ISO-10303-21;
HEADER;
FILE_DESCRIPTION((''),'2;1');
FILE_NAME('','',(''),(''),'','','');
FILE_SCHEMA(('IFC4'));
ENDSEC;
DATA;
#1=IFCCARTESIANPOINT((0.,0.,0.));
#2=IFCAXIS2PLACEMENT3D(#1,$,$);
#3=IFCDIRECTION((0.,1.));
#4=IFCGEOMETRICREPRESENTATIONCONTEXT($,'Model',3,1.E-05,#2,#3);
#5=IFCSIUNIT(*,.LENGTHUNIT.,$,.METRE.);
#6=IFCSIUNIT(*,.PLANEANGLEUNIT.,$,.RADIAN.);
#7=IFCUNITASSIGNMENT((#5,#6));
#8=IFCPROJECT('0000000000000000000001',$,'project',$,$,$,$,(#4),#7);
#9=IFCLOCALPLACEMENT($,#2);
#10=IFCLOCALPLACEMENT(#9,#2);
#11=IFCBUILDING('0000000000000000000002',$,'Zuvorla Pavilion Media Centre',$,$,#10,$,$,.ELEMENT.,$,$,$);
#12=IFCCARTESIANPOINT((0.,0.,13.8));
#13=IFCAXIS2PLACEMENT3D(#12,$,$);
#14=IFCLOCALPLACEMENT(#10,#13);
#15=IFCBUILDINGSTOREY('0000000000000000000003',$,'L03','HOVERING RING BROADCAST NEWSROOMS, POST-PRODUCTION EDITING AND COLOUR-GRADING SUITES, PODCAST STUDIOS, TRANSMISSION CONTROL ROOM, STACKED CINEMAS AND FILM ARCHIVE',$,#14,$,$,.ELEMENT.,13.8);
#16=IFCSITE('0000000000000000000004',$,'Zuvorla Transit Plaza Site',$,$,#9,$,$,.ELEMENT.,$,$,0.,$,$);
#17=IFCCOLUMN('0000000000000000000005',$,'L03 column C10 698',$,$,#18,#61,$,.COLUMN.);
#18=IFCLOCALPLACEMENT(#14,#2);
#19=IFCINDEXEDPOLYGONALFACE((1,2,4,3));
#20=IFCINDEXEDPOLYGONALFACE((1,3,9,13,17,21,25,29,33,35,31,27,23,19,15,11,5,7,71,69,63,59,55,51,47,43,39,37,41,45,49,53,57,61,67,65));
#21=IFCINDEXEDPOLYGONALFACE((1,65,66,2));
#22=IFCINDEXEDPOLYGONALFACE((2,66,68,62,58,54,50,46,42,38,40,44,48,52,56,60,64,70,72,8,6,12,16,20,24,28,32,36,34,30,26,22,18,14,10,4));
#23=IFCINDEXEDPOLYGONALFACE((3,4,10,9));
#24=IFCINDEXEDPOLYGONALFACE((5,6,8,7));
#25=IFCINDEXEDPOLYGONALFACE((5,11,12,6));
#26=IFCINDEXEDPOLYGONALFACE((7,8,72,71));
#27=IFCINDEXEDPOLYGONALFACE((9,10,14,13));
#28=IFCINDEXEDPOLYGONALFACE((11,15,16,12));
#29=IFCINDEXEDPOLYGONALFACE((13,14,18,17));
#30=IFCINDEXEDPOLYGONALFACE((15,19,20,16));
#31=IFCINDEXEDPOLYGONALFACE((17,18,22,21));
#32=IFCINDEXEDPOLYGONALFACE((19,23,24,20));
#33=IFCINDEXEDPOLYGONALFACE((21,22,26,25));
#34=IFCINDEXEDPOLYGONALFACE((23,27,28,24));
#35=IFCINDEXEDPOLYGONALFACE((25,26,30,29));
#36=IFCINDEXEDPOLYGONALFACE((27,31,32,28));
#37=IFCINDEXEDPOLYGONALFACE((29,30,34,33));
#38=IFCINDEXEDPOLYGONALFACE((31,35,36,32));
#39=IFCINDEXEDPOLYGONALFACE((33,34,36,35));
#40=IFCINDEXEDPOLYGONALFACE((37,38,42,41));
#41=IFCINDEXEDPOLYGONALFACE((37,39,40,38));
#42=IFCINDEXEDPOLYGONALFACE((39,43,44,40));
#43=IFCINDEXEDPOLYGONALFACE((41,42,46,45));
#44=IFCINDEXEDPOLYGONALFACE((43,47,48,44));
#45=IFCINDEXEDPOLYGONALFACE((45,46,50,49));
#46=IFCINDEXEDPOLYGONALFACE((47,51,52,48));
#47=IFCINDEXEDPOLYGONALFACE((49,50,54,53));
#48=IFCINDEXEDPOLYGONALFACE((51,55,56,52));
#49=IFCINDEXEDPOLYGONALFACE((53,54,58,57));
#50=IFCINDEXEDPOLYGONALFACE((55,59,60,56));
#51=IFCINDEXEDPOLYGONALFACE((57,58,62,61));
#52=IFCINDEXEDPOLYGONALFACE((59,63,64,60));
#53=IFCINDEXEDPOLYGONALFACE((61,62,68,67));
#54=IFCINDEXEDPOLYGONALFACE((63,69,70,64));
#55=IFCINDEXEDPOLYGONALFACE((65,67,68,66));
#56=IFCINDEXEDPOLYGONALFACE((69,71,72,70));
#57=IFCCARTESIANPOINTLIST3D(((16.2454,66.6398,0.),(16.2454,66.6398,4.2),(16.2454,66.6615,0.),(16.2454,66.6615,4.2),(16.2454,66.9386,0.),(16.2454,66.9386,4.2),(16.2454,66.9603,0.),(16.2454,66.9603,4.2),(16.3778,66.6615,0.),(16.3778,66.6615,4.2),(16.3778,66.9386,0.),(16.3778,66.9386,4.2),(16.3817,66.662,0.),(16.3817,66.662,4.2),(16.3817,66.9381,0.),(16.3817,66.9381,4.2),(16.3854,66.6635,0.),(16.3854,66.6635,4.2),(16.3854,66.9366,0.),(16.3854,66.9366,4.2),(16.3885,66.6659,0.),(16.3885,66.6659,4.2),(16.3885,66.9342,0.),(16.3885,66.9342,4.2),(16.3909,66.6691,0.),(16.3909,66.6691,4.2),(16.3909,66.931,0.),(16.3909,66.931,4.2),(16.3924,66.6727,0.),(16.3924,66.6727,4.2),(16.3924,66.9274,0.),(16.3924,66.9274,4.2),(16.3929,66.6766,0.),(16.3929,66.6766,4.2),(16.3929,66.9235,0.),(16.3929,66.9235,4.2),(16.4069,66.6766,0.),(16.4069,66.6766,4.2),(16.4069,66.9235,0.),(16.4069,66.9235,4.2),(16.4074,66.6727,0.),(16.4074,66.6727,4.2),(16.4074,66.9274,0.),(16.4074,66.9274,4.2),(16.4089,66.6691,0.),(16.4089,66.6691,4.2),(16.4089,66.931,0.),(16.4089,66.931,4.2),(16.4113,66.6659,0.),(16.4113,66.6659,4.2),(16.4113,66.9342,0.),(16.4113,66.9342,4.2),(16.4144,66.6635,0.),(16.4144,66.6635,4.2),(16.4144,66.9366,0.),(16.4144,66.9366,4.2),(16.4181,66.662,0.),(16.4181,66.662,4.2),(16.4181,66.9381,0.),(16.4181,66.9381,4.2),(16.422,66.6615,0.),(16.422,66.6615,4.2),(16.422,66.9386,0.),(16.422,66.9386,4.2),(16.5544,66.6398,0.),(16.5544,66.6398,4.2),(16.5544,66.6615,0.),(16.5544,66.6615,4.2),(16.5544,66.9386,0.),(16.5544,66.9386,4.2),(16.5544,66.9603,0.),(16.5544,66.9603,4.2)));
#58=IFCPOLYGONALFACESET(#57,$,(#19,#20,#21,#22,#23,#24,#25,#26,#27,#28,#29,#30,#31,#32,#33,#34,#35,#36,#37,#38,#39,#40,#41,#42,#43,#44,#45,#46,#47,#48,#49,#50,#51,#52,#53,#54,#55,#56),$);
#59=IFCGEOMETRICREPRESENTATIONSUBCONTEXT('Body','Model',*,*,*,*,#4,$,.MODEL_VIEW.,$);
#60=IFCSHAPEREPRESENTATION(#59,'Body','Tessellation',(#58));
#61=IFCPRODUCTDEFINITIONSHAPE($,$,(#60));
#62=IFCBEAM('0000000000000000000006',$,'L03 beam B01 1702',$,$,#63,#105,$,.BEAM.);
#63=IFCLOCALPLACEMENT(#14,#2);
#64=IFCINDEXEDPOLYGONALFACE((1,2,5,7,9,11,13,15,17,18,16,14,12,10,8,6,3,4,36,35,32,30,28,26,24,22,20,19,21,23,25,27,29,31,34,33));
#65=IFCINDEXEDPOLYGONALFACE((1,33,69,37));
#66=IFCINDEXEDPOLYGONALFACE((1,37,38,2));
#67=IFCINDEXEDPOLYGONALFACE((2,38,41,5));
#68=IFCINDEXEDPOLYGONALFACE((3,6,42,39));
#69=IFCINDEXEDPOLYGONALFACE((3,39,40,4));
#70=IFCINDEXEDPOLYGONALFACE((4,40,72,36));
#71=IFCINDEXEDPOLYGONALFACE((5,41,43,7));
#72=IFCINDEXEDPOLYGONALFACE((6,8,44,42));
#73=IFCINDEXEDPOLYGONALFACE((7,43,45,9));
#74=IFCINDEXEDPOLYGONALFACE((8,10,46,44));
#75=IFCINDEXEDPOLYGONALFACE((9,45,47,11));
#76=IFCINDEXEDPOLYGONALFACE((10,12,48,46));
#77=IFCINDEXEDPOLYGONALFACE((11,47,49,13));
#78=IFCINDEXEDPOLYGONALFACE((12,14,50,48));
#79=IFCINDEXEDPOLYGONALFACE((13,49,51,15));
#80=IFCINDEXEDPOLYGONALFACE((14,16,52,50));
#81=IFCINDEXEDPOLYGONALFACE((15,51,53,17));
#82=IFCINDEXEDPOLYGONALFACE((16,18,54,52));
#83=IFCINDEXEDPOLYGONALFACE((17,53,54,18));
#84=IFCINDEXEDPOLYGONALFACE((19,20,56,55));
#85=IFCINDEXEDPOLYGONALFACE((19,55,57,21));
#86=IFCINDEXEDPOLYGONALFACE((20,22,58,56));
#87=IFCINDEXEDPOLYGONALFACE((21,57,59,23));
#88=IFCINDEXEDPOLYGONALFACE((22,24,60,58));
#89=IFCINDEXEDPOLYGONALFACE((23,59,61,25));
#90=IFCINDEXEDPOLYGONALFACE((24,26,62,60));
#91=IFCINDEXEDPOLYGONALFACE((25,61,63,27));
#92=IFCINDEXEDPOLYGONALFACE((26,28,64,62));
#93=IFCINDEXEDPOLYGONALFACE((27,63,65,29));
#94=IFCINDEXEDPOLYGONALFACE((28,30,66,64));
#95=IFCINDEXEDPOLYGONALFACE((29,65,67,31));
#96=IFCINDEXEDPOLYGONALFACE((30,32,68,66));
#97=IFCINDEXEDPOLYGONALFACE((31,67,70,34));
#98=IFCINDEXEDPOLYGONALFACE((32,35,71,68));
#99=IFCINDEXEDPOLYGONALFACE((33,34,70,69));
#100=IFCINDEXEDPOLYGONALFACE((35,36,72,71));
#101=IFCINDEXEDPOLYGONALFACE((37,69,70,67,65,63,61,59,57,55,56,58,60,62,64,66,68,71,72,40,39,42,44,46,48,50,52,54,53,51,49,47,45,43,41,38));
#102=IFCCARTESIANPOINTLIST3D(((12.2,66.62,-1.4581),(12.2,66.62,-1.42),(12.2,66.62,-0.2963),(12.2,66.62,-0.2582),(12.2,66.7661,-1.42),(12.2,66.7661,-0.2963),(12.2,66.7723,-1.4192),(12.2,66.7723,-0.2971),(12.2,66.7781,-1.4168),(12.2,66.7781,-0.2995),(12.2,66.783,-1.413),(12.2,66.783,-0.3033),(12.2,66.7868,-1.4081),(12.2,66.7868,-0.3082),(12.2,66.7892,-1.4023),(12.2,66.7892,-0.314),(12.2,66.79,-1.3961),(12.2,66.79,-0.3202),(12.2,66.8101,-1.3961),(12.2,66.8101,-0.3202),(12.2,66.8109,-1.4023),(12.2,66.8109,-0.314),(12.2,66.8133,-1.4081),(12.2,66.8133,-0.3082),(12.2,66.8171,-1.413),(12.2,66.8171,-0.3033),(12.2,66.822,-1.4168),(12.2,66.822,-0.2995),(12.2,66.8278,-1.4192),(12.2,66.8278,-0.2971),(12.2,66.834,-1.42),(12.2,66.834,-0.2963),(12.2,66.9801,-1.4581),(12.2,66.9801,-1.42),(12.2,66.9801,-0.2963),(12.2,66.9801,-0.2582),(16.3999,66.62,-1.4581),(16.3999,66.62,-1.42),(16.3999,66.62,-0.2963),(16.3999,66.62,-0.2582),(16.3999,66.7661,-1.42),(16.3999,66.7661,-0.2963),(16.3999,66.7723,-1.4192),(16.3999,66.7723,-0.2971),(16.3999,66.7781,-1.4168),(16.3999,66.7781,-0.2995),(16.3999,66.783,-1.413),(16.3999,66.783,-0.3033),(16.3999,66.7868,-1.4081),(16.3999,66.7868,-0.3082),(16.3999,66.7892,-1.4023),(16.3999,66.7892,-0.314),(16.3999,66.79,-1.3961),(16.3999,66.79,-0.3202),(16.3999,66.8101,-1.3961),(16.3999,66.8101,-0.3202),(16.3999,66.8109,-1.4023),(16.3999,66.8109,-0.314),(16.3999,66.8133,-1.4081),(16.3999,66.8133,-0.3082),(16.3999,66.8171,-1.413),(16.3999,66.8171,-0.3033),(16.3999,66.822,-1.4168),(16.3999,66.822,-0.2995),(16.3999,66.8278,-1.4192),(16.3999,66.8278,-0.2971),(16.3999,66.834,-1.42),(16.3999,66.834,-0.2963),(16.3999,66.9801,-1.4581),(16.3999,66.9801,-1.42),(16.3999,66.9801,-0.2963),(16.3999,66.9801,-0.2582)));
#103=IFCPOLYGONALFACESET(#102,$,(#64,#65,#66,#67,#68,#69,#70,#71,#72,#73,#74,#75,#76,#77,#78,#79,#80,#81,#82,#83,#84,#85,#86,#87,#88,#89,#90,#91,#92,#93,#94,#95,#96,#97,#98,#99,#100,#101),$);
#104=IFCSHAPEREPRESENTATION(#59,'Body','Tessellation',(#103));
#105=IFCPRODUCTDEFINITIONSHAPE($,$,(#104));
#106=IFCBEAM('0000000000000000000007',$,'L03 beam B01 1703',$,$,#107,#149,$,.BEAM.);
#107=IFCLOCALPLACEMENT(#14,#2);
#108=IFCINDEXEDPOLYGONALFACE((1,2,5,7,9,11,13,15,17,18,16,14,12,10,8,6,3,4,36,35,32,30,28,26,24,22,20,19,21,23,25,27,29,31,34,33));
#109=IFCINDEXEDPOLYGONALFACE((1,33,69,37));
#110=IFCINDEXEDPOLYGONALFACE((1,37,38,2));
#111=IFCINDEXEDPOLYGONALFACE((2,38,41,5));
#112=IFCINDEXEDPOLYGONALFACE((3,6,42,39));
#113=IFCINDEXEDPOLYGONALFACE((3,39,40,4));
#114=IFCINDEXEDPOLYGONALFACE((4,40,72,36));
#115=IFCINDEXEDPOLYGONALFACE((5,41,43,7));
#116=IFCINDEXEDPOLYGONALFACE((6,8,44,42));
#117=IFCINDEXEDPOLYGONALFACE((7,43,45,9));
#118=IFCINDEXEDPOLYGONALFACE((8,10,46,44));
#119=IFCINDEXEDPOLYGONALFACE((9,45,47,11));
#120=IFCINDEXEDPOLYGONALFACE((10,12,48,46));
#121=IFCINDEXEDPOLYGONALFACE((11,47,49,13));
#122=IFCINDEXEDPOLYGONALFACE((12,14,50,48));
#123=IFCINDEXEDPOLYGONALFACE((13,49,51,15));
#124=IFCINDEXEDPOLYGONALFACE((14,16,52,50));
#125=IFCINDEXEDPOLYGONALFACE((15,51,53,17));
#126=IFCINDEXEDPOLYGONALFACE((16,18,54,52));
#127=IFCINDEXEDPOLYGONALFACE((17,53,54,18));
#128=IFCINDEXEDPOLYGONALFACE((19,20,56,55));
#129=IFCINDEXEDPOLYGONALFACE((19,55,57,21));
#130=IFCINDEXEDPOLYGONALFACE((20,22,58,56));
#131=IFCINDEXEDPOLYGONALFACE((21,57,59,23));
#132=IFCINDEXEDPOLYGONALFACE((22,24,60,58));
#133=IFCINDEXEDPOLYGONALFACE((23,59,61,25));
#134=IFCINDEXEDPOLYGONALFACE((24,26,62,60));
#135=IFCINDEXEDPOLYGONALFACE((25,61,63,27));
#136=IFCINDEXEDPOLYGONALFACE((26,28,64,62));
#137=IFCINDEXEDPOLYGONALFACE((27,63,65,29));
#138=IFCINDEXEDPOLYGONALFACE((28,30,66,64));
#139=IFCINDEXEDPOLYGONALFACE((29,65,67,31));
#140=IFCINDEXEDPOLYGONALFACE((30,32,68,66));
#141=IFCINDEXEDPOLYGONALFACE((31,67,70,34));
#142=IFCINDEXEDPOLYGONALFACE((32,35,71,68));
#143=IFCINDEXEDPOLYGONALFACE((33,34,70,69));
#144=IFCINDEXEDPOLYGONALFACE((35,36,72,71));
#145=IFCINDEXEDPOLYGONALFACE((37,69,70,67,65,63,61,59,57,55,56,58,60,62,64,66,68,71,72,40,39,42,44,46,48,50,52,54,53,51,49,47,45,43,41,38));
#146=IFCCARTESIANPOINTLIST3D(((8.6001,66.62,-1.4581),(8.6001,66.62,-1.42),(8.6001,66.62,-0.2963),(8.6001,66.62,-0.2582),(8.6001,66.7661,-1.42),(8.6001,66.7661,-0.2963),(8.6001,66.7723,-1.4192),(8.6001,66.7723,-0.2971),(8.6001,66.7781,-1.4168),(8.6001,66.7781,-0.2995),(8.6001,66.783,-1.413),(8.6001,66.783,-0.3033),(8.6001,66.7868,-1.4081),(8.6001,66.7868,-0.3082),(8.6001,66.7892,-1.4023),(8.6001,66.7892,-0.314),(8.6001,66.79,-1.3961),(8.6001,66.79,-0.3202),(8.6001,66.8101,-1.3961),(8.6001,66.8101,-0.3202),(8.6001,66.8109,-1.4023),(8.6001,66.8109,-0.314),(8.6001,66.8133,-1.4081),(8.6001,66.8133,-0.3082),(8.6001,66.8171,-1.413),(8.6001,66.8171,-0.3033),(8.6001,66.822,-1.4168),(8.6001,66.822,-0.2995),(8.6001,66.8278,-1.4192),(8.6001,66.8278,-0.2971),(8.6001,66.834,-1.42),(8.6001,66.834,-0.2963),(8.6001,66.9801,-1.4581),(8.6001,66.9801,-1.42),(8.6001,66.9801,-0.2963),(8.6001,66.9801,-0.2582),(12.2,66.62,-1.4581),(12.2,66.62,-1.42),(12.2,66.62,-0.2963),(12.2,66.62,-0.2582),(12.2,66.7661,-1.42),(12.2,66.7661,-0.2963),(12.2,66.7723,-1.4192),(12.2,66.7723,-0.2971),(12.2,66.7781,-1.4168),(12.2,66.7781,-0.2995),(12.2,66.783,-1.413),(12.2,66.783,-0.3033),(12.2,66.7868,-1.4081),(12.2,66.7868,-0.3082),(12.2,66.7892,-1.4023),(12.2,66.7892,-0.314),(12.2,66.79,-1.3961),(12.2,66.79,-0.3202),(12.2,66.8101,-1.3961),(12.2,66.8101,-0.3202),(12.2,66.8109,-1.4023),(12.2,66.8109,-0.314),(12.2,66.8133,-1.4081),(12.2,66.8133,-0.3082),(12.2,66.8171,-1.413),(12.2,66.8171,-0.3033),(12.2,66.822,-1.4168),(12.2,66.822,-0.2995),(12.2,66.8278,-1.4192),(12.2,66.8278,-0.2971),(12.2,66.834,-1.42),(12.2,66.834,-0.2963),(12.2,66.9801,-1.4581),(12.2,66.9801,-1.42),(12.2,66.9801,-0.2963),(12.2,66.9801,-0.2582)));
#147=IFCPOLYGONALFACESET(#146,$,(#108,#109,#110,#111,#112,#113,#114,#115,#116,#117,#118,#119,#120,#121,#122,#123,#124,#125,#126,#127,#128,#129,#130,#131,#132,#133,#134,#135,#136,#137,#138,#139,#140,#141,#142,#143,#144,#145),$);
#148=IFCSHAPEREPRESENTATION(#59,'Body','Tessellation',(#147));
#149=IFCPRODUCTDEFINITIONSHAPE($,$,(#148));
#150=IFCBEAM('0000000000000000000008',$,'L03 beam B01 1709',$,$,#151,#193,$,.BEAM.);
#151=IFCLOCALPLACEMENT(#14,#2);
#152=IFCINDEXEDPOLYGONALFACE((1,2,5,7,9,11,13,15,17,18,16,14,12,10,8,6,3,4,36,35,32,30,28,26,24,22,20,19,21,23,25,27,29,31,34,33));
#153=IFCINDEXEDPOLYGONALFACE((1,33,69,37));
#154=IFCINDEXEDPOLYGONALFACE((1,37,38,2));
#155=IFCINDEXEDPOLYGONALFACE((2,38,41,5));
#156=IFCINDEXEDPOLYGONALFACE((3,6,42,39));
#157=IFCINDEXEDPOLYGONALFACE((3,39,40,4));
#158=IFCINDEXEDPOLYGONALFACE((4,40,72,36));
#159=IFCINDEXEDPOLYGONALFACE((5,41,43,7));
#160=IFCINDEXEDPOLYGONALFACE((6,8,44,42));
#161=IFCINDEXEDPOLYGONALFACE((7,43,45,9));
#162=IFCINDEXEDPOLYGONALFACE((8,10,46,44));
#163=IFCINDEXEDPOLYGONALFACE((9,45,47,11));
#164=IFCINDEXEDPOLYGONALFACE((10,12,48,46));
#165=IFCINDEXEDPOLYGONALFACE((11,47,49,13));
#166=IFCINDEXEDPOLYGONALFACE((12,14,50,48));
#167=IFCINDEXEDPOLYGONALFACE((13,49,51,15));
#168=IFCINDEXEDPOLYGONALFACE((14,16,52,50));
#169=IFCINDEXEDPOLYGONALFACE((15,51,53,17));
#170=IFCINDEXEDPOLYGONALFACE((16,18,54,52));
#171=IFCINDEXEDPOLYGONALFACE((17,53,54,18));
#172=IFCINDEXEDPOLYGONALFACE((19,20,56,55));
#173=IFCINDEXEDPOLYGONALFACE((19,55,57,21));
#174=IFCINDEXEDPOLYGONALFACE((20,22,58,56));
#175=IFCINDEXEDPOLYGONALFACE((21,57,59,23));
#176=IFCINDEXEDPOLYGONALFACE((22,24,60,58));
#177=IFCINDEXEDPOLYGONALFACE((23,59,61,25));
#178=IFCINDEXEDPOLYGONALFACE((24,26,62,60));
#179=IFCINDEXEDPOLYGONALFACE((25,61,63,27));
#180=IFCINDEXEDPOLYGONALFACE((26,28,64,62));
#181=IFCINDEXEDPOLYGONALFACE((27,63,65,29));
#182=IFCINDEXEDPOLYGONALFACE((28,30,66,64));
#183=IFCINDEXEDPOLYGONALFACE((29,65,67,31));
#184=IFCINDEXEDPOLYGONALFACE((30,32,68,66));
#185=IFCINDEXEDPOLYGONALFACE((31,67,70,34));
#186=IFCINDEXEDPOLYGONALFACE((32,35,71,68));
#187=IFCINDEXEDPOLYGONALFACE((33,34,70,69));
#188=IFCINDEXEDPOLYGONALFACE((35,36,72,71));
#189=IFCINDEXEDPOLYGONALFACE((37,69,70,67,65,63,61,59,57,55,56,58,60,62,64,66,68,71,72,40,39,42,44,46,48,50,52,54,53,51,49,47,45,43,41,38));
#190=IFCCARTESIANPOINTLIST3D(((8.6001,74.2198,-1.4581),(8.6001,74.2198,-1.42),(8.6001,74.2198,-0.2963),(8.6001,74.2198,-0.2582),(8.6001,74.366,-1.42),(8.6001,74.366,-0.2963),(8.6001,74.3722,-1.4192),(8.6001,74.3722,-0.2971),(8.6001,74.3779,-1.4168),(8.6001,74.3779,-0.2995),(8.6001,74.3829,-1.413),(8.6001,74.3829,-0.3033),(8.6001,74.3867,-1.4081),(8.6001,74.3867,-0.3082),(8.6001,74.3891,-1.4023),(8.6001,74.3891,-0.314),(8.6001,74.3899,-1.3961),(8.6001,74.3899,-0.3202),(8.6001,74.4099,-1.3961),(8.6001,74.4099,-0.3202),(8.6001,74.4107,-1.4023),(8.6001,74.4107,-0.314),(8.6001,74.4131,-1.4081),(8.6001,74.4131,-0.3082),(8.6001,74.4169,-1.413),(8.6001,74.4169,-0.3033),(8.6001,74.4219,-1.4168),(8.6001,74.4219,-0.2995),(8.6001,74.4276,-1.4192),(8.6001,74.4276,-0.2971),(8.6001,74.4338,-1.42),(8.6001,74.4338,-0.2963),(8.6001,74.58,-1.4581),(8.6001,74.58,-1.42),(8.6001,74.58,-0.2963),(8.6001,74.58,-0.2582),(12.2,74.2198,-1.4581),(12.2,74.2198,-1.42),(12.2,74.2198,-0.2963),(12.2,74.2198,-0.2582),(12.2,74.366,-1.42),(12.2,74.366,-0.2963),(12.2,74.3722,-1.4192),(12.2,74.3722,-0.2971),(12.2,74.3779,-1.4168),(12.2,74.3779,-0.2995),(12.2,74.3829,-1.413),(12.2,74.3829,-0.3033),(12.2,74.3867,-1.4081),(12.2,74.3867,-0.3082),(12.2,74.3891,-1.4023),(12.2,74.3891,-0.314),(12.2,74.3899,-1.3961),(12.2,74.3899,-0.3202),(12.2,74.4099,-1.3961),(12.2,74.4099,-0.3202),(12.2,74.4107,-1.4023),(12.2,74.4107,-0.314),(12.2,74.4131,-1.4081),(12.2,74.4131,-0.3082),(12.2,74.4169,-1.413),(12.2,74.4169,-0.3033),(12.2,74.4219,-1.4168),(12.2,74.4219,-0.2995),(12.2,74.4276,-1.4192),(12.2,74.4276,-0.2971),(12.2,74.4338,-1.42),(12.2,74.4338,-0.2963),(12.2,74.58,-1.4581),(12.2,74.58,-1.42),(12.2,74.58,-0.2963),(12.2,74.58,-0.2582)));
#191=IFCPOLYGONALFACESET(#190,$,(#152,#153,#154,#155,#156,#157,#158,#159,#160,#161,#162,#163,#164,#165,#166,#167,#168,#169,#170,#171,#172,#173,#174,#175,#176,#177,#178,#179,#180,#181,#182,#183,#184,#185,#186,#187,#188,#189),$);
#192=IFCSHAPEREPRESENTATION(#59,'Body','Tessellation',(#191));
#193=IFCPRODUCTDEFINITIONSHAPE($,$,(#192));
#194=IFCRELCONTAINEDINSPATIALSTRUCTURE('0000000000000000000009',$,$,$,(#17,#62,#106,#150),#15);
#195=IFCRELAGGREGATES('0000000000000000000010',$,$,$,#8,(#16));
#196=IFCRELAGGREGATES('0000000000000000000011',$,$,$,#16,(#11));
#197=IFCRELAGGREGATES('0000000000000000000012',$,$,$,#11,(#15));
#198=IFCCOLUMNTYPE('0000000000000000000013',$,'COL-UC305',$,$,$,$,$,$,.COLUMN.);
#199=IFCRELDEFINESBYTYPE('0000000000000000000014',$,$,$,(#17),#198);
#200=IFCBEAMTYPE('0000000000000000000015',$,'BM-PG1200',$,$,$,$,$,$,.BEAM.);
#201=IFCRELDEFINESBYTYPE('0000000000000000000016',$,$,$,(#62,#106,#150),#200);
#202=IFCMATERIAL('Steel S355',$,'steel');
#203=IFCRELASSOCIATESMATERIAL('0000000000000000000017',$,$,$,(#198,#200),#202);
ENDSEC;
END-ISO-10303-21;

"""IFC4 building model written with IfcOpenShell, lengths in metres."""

from ifc_helpers import new_model, si_unit, direction, frame, origin, origin_2d, place, context, subcontext, project, spatial, i_section, extrude, material, material_profile, profile_set, type_object, element, save


model = new_model("IFC4")

# Units and contexts
model_context = context("Model", 3, precision=1e-05, world=origin(), true_north=direction((0.0, 1.0)))
body_context = subcontext(model_context, "Body", "Model", "MODEL_VIEW")
ifc_project = project(units=[si_unit("LENGTHUNIT", "METRE"), si_unit("PLANEANGLEUNIT", "RADIAN")], contexts=[model_context])

# Site, building, storey
site_placement = place(None, origin())
site = spatial("IfcSite", under=ifc_project, at=site_placement, Name="Zuvorla Transit Plaza Site", CompositionType="ELEMENT", RefElevation=0.0)
building_placement = place(site_placement, origin())
building = spatial("IfcBuilding", under=site, at=building_placement, Name="Zuvorla Pavilion Media Centre", CompositionType="ELEMENT")
storey_placement = place(building_placement, frame((0.0, 0.0, 13.8)))
storey = spatial("IfcBuildingStorey", under=building, at=storey_placement, Name="L03", Description="HOVERING RING BROADCAST NEWSROOMS, POST-PRODUCTION EDITING AND COLOUR-GRADING SUITES, PODCAST STUDIOS, TRANSMISSION CONTROL ROOM, STACKED CINEMAS AND FILM ARCHIVE", CompositionType="ELEMENT", Elevation=13.8)

# Column
ifc_material_1 = material(Name="Steel S355", Category="steel")
ifc_material_profile_1 = material_profile(ifc_material_1, i_section(OverallWidth=0.3091, OverallDepth=0.3206, WebThickness=0.0139, FlangeThickness=0.0217, FilletRadius=0.0151, at=origin_2d()), Name="UC 305x305x137")
ifc_profile_set_1 = profile_set([ifc_material_profile_1], Name="Steel S355")
column_type = type_object("IfcColumnType", Name="COL-UC305", PredefinedType="COLUMN", material=ifc_profile_set_1)
column_placement = place(storey_placement, frame((16.3999, 66.8, 0.0), z_axis=(0.0, 0.0, 1.0), x_axis=(1.0, 0.0, 0.0)))
element("IfcColumn", 1, at=column_placement, inside=storey, type_object=column_type, Name="L03 column C10 698", PredefinedType="COLUMN", context=body_context, shape_type="SweptSolid", body=[
    extrude(i_section(OverallWidth=0.3091, OverallDepth=0.3206, WebThickness=0.0139, FlangeThickness=0.0217, FilletRadius=0.0151, at=origin_2d()), origin(), (0.0, 0.0, 1.0), 4.2),
])

# Beams
ifc_material_profile_2 = material_profile(ifc_material_1, i_section(OverallWidth=0.3601, OverallDepth=1.2, WebThickness=0.02, FlangeThickness=0.0381, FilletRadius=0.0239, at=origin_2d()), Name="PG 1200x360x38")
ifc_profile_set_2 = profile_set([ifc_material_profile_2], Name="Steel S355")
beam_type_1 = type_object("IfcBeamType", Name="BM-PG1200", PredefinedType="BEAM", material=ifc_profile_set_2)
beam_1_placement = place(storey_placement, frame((16.3999, 66.8, -0.8582), z_axis=(-1.0, 0.0, 0.0), x_axis=(0.0, -1.0, 0.0)))
element("IfcBeam", 2, at=beam_1_placement, inside=storey, type_object=beam_type_1, Name="L03 beam B01 1702", PredefinedType="BEAM", context=body_context, shape_type="SweptSolid", body=[
    extrude(i_section(OverallWidth=0.3601, OverallDepth=1.2, WebThickness=0.02, FlangeThickness=0.0381, FilletRadius=0.0239, at=origin_2d()), origin(), (0.0, 0.0, 1.0), 4.2),
])
for number, where, z_axis, x_axis, name in (
    (3, (12.2, 66.8, -0.8582), (-1.0, 0.0, 0.0), (0.0, -1.0, 0.0), "L03 beam B01 1703"),
    (4, (12.2, 74.3999, -0.8582), (-1.0, 0.0, 0.0), (0.0, -1.0, 0.0), "L03 beam B01 1709"),
):
    element("IfcBeam", number, at=place(storey_placement, frame(where, z_axis=z_axis, x_axis=x_axis)), inside=storey, type_object=beam_type_1, Name=name, PredefinedType="BEAM", context=body_context, shape_type="SweptSolid", body=[
        extrude(i_section(OverallWidth=0.3601, OverallDepth=1.2, WebThickness=0.02, FlangeThickness=0.0381, FilletRadius=0.0239, at=origin_2d()), origin(), (0.0, 0.0, 1.0), 3.5999),
    ])

save(model, "model.ifc")
